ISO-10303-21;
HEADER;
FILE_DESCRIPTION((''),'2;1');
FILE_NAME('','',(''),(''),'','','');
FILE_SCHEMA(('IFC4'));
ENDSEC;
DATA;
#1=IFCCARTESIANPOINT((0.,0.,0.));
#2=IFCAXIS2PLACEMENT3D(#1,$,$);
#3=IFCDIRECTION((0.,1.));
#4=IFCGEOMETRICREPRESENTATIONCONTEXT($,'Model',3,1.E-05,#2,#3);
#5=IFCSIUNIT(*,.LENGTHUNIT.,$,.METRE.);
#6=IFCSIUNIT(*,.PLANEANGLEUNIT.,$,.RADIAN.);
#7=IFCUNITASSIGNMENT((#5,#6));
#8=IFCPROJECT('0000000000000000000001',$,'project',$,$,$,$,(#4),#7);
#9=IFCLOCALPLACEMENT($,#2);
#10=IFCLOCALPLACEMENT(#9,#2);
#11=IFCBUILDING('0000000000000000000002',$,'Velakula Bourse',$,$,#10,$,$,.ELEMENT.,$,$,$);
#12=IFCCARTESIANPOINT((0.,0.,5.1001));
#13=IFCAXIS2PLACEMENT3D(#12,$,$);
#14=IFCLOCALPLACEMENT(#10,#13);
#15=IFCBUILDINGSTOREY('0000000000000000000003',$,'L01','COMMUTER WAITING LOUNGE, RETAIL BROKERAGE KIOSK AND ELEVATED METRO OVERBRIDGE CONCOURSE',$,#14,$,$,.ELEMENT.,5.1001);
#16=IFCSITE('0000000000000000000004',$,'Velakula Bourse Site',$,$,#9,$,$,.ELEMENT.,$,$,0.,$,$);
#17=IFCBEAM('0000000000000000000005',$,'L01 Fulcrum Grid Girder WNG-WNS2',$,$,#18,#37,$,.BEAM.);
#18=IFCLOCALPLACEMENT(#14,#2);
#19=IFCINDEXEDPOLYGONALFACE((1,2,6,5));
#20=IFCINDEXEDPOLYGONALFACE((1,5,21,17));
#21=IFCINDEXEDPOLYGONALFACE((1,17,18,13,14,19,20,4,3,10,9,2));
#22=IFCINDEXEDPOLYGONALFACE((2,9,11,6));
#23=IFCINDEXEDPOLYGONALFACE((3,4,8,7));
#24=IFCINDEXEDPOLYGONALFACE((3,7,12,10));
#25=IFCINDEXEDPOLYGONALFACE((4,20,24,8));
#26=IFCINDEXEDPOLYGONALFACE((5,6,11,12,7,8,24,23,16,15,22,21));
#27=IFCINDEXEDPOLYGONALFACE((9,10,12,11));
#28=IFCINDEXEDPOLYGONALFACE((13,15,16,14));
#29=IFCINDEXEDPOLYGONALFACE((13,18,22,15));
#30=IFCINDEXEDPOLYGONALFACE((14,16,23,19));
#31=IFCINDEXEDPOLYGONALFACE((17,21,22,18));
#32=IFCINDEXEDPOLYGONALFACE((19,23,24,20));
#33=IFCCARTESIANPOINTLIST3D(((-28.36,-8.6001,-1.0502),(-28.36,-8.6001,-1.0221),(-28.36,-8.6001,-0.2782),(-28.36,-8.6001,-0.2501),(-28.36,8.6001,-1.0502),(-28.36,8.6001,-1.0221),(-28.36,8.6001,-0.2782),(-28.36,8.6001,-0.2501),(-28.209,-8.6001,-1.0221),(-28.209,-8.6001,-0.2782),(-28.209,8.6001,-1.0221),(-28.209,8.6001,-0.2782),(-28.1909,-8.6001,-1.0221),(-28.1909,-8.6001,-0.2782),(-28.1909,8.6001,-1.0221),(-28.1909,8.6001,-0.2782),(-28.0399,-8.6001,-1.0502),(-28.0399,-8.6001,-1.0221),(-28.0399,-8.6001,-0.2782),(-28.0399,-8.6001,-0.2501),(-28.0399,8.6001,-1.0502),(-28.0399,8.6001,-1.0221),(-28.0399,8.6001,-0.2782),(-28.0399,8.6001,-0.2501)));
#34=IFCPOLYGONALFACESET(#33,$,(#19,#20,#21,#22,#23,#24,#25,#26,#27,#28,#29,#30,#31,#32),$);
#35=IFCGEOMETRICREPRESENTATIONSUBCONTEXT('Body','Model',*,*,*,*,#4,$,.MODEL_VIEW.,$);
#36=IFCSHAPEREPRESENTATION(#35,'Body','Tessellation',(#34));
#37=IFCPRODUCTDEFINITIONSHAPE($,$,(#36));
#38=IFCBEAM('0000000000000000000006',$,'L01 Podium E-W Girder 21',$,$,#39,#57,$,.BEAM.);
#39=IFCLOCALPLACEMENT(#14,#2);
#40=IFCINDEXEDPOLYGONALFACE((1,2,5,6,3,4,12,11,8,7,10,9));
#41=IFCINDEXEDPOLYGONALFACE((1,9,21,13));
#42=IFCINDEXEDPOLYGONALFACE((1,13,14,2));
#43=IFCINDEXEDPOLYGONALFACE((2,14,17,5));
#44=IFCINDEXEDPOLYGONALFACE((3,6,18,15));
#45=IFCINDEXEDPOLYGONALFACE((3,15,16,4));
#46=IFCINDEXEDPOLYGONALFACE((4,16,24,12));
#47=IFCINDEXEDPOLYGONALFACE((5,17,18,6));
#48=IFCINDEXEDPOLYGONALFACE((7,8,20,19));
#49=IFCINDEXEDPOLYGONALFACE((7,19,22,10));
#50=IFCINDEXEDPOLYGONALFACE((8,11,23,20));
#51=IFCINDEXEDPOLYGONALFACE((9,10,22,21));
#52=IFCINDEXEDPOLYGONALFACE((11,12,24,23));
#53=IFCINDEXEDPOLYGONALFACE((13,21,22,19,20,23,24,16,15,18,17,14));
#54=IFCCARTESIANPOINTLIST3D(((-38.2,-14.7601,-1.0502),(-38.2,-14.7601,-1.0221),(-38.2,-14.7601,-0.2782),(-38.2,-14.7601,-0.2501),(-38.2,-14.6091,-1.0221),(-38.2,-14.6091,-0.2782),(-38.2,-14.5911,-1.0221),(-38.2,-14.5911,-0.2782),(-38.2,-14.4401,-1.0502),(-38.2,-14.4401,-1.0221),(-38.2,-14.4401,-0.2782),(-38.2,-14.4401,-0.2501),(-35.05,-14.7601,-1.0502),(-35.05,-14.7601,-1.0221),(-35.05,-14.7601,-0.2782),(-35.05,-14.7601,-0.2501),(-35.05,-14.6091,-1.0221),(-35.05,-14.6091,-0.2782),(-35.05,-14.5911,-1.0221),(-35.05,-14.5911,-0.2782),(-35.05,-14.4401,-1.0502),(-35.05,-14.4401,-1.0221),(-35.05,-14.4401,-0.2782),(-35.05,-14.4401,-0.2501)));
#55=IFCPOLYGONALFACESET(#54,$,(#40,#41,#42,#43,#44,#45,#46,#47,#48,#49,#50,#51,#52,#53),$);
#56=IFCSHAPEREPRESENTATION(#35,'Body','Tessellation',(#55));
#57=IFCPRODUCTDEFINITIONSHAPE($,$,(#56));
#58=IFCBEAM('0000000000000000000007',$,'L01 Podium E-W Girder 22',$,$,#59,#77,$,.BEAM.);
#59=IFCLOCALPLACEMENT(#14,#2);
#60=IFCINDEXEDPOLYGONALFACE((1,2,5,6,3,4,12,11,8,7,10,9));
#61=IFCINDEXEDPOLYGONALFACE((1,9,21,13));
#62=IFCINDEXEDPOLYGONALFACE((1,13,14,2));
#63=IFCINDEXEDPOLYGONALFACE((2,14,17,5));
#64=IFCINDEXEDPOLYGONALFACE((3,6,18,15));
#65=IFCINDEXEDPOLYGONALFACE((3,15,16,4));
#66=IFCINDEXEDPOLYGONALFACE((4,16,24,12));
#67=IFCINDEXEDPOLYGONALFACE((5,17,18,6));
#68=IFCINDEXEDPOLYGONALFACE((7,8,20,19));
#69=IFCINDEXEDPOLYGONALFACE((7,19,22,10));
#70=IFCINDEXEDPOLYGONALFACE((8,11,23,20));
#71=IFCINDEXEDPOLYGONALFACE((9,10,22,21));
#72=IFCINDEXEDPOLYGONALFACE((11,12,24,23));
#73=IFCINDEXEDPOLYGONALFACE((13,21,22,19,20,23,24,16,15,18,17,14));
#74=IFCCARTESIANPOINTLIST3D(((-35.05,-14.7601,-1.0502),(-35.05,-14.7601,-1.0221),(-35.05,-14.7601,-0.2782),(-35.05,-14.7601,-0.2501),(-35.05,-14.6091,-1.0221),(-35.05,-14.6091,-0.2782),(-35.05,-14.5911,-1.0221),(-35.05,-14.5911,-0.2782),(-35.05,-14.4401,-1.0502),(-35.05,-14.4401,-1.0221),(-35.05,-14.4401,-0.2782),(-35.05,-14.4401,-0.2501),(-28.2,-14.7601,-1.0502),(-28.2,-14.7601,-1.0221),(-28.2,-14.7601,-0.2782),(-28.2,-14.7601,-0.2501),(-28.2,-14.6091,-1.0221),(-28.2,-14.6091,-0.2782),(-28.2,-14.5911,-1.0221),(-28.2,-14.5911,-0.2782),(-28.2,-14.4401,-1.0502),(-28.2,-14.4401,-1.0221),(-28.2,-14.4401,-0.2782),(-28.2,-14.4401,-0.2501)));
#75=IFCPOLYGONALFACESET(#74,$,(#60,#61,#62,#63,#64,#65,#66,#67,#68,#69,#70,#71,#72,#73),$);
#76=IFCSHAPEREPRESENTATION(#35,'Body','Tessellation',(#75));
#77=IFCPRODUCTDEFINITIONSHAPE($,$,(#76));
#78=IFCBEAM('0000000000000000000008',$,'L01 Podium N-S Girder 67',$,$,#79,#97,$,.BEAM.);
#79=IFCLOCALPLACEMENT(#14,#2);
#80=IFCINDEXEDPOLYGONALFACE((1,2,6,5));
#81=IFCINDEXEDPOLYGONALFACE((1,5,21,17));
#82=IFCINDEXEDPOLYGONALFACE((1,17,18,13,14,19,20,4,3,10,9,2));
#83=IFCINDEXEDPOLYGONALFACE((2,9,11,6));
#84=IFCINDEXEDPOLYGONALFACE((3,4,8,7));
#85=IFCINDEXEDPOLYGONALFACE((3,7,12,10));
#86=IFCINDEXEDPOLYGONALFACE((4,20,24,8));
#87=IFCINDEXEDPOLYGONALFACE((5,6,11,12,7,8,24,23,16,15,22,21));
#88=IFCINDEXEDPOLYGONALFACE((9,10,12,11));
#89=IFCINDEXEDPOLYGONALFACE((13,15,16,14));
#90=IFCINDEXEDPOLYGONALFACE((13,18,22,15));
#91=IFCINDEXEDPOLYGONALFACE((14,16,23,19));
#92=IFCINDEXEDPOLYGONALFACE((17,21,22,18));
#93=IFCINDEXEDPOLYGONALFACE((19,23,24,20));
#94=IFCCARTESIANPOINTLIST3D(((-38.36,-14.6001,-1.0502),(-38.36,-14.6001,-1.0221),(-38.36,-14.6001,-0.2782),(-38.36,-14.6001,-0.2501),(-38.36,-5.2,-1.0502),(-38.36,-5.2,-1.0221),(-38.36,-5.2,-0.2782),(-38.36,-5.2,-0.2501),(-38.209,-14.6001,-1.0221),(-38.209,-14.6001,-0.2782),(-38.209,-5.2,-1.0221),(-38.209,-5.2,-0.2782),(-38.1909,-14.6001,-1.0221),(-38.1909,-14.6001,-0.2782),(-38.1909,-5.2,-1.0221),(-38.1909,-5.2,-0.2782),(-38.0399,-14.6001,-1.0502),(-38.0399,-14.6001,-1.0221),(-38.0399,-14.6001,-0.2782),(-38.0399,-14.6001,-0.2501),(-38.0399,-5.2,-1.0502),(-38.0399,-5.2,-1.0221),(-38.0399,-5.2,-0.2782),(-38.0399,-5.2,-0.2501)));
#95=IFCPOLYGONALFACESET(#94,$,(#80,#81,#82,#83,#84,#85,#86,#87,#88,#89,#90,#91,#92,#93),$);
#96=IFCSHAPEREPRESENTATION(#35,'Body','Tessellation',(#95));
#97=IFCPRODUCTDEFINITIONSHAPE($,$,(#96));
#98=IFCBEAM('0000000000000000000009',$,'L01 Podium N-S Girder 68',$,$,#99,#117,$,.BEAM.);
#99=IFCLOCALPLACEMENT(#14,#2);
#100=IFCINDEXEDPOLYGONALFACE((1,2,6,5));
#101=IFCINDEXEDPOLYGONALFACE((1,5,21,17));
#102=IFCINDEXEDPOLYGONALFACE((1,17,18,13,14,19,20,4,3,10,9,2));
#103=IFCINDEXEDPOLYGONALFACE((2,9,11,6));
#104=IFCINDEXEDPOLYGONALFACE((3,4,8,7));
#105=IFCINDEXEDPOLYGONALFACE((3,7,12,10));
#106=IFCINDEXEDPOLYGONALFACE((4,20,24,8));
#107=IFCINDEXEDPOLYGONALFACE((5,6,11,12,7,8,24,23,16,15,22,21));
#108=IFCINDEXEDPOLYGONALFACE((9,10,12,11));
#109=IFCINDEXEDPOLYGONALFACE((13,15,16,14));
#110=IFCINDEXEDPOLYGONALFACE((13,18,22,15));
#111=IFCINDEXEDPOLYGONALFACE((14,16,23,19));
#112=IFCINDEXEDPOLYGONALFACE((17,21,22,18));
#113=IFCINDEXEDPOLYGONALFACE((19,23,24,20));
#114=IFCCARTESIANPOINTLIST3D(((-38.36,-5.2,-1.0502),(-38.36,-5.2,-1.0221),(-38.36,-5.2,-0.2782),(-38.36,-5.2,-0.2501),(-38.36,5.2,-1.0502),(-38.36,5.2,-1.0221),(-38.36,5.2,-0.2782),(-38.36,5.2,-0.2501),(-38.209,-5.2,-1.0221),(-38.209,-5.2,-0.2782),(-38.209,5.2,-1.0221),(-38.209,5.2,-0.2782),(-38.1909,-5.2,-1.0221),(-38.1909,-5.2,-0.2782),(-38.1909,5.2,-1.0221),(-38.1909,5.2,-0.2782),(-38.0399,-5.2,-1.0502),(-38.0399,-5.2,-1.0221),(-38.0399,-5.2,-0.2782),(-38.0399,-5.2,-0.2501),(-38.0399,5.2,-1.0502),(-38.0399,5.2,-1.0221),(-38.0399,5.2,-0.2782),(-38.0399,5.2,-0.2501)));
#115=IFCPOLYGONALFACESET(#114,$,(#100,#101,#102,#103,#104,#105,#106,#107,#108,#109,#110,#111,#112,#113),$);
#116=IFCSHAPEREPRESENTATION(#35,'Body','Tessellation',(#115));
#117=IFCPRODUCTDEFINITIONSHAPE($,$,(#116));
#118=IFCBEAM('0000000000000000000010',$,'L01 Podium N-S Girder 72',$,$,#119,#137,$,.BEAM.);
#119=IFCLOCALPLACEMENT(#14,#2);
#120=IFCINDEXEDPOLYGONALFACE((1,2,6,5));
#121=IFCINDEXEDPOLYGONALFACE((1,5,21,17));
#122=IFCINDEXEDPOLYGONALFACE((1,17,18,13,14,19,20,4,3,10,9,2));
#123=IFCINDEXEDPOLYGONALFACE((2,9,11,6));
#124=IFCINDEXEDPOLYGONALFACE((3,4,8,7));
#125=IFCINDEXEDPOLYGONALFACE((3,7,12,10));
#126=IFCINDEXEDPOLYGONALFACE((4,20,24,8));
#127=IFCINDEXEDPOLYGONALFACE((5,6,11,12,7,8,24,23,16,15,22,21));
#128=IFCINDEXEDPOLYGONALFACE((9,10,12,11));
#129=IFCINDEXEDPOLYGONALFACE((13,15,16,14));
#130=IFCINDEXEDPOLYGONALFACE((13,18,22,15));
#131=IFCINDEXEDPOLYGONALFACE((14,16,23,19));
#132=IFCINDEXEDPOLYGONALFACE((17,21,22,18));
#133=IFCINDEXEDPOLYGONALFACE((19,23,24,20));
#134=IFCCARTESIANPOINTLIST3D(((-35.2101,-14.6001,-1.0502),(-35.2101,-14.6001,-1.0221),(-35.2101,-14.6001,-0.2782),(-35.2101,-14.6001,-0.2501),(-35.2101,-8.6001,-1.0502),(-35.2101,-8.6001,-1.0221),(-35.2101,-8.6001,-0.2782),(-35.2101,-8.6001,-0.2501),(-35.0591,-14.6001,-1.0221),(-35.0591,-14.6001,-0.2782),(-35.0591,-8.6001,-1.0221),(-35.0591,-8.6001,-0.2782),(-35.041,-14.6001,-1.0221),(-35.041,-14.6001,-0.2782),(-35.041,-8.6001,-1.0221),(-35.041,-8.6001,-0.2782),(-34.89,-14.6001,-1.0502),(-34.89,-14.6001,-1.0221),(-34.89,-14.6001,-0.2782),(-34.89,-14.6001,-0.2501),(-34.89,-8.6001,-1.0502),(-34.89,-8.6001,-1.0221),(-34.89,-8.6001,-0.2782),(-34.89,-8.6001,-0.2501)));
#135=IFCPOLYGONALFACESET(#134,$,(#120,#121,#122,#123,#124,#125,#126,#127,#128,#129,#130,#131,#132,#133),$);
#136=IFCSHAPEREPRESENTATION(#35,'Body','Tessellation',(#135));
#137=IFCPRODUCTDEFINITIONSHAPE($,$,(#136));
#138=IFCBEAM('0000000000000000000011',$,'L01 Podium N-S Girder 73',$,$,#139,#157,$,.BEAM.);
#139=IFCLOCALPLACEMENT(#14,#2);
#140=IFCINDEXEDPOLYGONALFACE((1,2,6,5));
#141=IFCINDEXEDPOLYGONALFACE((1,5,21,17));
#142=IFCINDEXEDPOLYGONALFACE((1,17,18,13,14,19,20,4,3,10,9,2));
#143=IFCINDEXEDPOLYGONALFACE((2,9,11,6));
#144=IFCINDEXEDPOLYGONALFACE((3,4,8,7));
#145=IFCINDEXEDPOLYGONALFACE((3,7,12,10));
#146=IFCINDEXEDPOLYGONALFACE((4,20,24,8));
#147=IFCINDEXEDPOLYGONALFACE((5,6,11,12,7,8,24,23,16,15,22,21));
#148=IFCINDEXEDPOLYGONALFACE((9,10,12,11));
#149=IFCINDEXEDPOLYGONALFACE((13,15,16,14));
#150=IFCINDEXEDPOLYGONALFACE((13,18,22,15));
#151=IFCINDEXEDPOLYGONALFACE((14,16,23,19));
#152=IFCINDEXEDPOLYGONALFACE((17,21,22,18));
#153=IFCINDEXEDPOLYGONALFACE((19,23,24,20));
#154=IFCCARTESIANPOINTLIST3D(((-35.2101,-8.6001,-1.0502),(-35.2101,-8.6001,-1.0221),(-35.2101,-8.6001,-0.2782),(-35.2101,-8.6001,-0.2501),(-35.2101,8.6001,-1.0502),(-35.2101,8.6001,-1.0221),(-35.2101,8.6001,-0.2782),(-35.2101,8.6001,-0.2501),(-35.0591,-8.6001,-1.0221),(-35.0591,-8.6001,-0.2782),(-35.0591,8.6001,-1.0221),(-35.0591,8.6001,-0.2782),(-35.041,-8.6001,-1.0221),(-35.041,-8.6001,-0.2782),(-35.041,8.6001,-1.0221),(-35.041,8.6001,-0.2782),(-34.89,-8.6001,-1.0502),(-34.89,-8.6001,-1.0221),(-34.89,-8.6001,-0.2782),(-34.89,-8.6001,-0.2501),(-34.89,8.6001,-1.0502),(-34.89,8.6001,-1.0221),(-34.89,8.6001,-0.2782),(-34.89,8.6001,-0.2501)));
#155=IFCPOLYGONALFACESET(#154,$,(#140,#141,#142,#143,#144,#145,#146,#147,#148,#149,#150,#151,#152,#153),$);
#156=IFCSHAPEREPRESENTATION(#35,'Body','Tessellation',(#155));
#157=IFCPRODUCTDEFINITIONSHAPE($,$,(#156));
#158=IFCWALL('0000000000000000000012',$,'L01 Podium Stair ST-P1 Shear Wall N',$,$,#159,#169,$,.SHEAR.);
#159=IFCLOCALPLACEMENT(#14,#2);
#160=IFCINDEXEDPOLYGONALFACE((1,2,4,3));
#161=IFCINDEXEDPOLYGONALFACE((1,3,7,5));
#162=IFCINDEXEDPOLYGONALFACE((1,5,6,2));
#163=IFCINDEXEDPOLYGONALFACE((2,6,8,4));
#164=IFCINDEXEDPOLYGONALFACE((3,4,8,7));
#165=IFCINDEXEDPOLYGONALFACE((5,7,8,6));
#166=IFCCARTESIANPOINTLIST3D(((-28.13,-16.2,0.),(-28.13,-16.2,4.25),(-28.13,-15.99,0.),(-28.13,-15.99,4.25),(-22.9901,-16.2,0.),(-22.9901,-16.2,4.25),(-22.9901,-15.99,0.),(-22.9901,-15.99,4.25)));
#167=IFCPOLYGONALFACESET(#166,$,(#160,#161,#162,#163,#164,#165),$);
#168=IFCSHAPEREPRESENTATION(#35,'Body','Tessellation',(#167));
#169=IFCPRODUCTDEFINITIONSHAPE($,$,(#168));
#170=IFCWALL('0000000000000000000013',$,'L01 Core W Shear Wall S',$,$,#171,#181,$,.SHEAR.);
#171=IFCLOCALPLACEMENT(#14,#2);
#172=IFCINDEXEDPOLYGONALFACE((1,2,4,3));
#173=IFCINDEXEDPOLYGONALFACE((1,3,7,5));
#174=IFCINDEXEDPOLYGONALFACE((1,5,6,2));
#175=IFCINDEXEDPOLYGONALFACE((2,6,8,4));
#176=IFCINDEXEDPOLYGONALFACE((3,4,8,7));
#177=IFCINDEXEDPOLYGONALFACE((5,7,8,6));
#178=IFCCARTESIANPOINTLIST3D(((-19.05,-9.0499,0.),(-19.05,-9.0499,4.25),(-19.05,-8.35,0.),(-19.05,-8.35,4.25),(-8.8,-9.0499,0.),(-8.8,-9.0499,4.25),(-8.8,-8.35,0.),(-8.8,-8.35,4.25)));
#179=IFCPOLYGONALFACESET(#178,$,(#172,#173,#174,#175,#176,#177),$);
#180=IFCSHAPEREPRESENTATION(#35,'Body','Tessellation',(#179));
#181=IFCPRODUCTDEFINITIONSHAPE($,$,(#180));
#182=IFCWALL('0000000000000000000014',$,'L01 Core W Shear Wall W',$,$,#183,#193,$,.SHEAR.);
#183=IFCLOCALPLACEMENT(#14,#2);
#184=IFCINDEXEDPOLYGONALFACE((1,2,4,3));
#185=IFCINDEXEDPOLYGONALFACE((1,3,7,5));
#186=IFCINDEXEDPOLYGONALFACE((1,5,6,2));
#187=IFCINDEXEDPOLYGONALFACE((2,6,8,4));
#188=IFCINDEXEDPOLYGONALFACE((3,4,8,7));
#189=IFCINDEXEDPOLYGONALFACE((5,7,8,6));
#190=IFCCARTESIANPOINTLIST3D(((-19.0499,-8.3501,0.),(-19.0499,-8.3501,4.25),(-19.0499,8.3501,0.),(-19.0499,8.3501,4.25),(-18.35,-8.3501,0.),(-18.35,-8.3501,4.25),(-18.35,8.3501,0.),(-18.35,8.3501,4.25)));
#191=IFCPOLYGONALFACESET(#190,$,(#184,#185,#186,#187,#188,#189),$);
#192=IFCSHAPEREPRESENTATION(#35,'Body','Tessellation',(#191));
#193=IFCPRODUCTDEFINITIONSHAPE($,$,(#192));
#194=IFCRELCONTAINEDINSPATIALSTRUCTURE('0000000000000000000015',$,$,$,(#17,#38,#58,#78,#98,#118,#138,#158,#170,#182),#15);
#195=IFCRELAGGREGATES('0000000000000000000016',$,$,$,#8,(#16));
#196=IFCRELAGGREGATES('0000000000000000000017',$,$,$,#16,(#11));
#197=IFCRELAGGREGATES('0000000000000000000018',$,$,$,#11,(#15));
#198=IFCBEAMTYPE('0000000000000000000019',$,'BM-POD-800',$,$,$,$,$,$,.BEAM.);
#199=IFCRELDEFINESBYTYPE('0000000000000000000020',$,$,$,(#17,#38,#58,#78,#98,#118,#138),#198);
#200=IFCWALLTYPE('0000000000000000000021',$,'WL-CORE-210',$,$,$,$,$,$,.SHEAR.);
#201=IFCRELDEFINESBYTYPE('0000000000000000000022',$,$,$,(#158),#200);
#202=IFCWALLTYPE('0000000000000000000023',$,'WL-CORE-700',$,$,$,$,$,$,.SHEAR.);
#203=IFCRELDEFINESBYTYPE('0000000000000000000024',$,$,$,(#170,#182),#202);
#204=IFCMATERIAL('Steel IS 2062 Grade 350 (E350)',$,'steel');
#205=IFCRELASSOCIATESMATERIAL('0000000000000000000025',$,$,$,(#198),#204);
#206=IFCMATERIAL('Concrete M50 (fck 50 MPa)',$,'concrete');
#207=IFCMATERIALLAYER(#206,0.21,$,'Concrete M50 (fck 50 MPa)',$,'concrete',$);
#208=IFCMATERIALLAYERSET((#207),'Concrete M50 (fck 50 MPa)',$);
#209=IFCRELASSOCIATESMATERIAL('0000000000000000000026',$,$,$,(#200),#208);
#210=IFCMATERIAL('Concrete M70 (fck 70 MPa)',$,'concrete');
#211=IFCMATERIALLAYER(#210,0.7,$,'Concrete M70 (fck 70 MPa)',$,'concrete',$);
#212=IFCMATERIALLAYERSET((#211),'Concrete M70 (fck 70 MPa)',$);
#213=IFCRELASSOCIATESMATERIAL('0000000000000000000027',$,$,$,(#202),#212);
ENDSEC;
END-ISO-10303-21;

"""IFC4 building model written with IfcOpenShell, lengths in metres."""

from ifc_helpers import new_model, si_unit, direction, frame, frame_2d, origin, origin_2d, place, context, subcontext, project, spatial, rectangle, i_section, extrude, material, layer, layer_set, material_profile, profile_set, type_object, element, save


model = new_model("IFC4")

# Units and contexts
model_context = context("Model", 3, precision=1e-05, world=origin(), true_north=direction((0.0, 1.0)))
body_context = subcontext(model_context, "Body", "Model", "MODEL_VIEW")
ifc_project = project(units=[si_unit("LENGTHUNIT", "METRE"), si_unit("PLANEANGLEUNIT", "RADIAN")], contexts=[model_context])

# Site, building, storey
site_placement = place(None, origin())
site = spatial("IfcSite", under=ifc_project, at=site_placement, Name="Velakula Bourse Site", CompositionType="ELEMENT", RefElevation=0.0)
building_placement = place(site_placement, origin())
building = spatial("IfcBuilding", under=site, at=building_placement, Name="Velakula Bourse", CompositionType="ELEMENT")
storey_placement = place(building_placement, frame((0.0, 0.0, 5.1001)))
storey = spatial("IfcBuildingStorey", under=building, at=storey_placement, Name="L01", Description="COMMUTER WAITING LOUNGE, RETAIL BROKERAGE KIOSK AND ELEVATED METRO OVERBRIDGE CONCOURSE", CompositionType="ELEMENT", Elevation=5.1001)

# Beams
ifc_material_1 = material(Name="Steel IS 2062 Grade 350 (E350)", Category="steel")
ifc_material_profile_1 = material_profile(ifc_material_1, i_section(OverallWidth=0.3201, OverallDepth=0.8, WebThickness=0.0181, FlangeThickness=0.0281, at=origin_2d()), Name="Steel IS 2062 Grade 350 (E350)")
ifc_profile_set_1 = profile_set([ifc_material_profile_1], Name="Steel IS 2062 Grade 350 (E350)")
beam_type = type_object("IfcBeamType", Name="BM-POD-800", PredefinedType="BEAM", material=ifc_profile_set_1)
beam_1_placement = place(storey_placement, frame((-28.2, -8.6001, -0.6501), z_axis=(0.0, 1.0, 0.0), x_axis=(-1.0, 0.0, 0.0)))
element("IfcBeam", 1, at=beam_1_placement, inside=storey, type_object=beam_type, Name="L01 Fulcrum Grid Girder WNG-WNS2", PredefinedType="BEAM", context=body_context, shape_type="SweptSolid", body=[
    extrude(i_section(OverallWidth=0.3201, OverallDepth=0.8, WebThickness=0.0181, FlangeThickness=0.0281, at=origin_2d()), origin(), (0.0, 0.0, 1.0), 17.2002),
])
beam_2_placement = place(storey_placement, frame((-38.2, -14.6001, -0.6501), z_axis=(1.0, 0.0, 0.0), x_axis=(0.0, 1.0, 0.0)))
element("IfcBeam", 2, at=beam_2_placement, inside=storey, type_object=beam_type, Name="L01 Podium E-W Girder 21", PredefinedType="BEAM", context=body_context, shape_type="SweptSolid", body=[
    extrude(i_section(OverallWidth=0.3201, OverallDepth=0.8, WebThickness=0.0181, FlangeThickness=0.0281, at=origin_2d()), origin(), (0.0, 0.0, 1.0), 3.1499),
])
beam_3_placement = place(storey_placement, frame((-35.05, -14.6001, -0.6501), z_axis=(1.0, 0.0, 0.0), x_axis=(0.0, 1.0, 0.0)))
element("IfcBeam", 3, at=beam_3_placement, inside=storey, type_object=beam_type, Name="L01 Podium E-W Girder 22", PredefinedType="BEAM", context=body_context, shape_type="SweptSolid", body=[
    extrude(i_section(OverallWidth=0.3201, OverallDepth=0.8, WebThickness=0.0181, FlangeThickness=0.0281, at=origin_2d()), origin(), (0.0, 0.0, 1.0), 6.8501),
])
beam_4_placement = place(storey_placement, frame((-38.2, -14.6001, -0.6501), z_axis=(0.0, 1.0, 0.0), x_axis=(-1.0, 0.0, 0.0)))
element("IfcBeam", 4, at=beam_4_placement, inside=storey, type_object=beam_type, Name="L01 Podium N-S Girder 67", PredefinedType="BEAM", context=body_context, shape_type="SweptSolid", body=[
    extrude(i_section(OverallWidth=0.3201, OverallDepth=0.8, WebThickness=0.0181, FlangeThickness=0.0281, at=origin_2d()), origin(), (0.0, 0.0, 1.0), 9.4001),
])
beam_5_placement = place(storey_placement, frame((-38.2, -5.2, -0.6501), z_axis=(0.0, 1.0, 0.0), x_axis=(-1.0, 0.0, 0.0)))
element("IfcBeam", 5, at=beam_5_placement, inside=storey, type_object=beam_type, Name="L01 Podium N-S Girder 68", PredefinedType="BEAM", context=body_context, shape_type="SweptSolid", body=[
    extrude(i_section(OverallWidth=0.3201, OverallDepth=0.8, WebThickness=0.0181, FlangeThickness=0.0281, at=origin_2d()), origin(), (0.0, 0.0, 1.0), 10.3999),
])
beam_6_placement = place(storey_placement, frame((-35.05, -14.6001, -0.6501), z_axis=(0.0, 1.0, 0.0), x_axis=(-1.0, 0.0, 0.0)))
element("IfcBeam", 6, at=beam_6_placement, inside=storey, type_object=beam_type, Name="L01 Podium N-S Girder 72", PredefinedType="BEAM", context=body_context, shape_type="SweptSolid", body=[
    extrude(i_section(OverallWidth=0.3201, OverallDepth=0.8, WebThickness=0.0181, FlangeThickness=0.0281, at=origin_2d()), origin(), (0.0, 0.0, 1.0), 6.0),
])
beam_7_placement = place(storey_placement, frame((-35.05, -8.6001, -0.6501), z_axis=(0.0, 1.0, 0.0), x_axis=(-1.0, 0.0, 0.0)))
element("IfcBeam", 7, at=beam_7_placement, inside=storey, type_object=beam_type, Name="L01 Podium N-S Girder 73", PredefinedType="BEAM", context=body_context, shape_type="SweptSolid", body=[
    extrude(i_section(OverallWidth=0.3201, OverallDepth=0.8, WebThickness=0.0181, FlangeThickness=0.0281, at=origin_2d()), origin(), (0.0, 0.0, 1.0), 17.2002),
])

# Walls
ifc_material_2 = material(Name="Concrete M50 (fck 50 MPa)", Category="concrete")
ifc_layer_1 = layer(ifc_material_2, 0.21, Name="Concrete M50 (fck 50 MPa)", Category="concrete")
ifc_layer_set_1 = layer_set([ifc_layer_1], Name="Concrete M50 (fck 50 MPa)")
wall_type_1 = type_object("IfcWallType", Name="WL-CORE-210", PredefinedType="SHEAR", material=ifc_layer_set_1)
wall_1_placement = place(storey_placement, frame((-28.1299, -16.095, 0.0), z_axis=(0.0, 0.0, 1.0), x_axis=(1.0, 0.0, 0.0)))
element("IfcWall", 8, at=wall_1_placement, inside=storey, type_object=wall_type_1, Name="L01 Podium Stair ST-P1 Shear Wall N", PredefinedType="SHEAR", context=body_context, shape_type="SweptSolid", body=[
    extrude(rectangle(XDim=5.1399, YDim=0.21, at=frame_2d((2.5698, 0.0))), origin(), (0.0, 0.0, 1.0), 4.25),
])
ifc_material_3 = material(Name="Concrete M70 (fck 70 MPa)", Category="concrete")
ifc_layer_2 = layer(ifc_material_3, 0.7, Name="Concrete M70 (fck 70 MPa)", Category="concrete")
ifc_layer_set_2 = layer_set([ifc_layer_2], Name="Concrete M70 (fck 70 MPa)")
wall_type_2 = type_object("IfcWallType", Name="WL-CORE-700", PredefinedType="SHEAR", material=ifc_layer_set_2)
wall_2_placement = place(storey_placement, frame((-19.05, -8.7, 0.0), z_axis=(0.0, 0.0, 1.0), x_axis=(1.0, 0.0, 0.0)))
element("IfcWall", 9, at=wall_2_placement, inside=storey, type_object=wall_type_2, Name="L01 Core W Shear Wall S", PredefinedType="SHEAR", context=body_context, shape_type="SweptSolid", body=[
    extrude(rectangle(XDim=10.25, YDim=0.7, at=frame_2d((5.125, 0.0))), origin(), (0.0, 0.0, 1.0), 4.25),
])
wall_3_placement = place(storey_placement, frame((-18.7, -8.3501, 0.0), z_axis=(0.0, 0.0, 1.0), x_axis=(0.0, 1.0, 0.0)))
element("IfcWall", 10, at=wall_3_placement, inside=storey, type_object=wall_type_2, Name="L01 Core W Shear Wall W", PredefinedType="SHEAR", context=body_context, shape_type="SweptSolid", body=[
    extrude(rectangle(XDim=16.7002, YDim=0.7, at=frame_2d((8.3501, 0.0))), origin(), (0.0, 0.0, 1.0), 4.25),
])

save(model, "model.ifc")
